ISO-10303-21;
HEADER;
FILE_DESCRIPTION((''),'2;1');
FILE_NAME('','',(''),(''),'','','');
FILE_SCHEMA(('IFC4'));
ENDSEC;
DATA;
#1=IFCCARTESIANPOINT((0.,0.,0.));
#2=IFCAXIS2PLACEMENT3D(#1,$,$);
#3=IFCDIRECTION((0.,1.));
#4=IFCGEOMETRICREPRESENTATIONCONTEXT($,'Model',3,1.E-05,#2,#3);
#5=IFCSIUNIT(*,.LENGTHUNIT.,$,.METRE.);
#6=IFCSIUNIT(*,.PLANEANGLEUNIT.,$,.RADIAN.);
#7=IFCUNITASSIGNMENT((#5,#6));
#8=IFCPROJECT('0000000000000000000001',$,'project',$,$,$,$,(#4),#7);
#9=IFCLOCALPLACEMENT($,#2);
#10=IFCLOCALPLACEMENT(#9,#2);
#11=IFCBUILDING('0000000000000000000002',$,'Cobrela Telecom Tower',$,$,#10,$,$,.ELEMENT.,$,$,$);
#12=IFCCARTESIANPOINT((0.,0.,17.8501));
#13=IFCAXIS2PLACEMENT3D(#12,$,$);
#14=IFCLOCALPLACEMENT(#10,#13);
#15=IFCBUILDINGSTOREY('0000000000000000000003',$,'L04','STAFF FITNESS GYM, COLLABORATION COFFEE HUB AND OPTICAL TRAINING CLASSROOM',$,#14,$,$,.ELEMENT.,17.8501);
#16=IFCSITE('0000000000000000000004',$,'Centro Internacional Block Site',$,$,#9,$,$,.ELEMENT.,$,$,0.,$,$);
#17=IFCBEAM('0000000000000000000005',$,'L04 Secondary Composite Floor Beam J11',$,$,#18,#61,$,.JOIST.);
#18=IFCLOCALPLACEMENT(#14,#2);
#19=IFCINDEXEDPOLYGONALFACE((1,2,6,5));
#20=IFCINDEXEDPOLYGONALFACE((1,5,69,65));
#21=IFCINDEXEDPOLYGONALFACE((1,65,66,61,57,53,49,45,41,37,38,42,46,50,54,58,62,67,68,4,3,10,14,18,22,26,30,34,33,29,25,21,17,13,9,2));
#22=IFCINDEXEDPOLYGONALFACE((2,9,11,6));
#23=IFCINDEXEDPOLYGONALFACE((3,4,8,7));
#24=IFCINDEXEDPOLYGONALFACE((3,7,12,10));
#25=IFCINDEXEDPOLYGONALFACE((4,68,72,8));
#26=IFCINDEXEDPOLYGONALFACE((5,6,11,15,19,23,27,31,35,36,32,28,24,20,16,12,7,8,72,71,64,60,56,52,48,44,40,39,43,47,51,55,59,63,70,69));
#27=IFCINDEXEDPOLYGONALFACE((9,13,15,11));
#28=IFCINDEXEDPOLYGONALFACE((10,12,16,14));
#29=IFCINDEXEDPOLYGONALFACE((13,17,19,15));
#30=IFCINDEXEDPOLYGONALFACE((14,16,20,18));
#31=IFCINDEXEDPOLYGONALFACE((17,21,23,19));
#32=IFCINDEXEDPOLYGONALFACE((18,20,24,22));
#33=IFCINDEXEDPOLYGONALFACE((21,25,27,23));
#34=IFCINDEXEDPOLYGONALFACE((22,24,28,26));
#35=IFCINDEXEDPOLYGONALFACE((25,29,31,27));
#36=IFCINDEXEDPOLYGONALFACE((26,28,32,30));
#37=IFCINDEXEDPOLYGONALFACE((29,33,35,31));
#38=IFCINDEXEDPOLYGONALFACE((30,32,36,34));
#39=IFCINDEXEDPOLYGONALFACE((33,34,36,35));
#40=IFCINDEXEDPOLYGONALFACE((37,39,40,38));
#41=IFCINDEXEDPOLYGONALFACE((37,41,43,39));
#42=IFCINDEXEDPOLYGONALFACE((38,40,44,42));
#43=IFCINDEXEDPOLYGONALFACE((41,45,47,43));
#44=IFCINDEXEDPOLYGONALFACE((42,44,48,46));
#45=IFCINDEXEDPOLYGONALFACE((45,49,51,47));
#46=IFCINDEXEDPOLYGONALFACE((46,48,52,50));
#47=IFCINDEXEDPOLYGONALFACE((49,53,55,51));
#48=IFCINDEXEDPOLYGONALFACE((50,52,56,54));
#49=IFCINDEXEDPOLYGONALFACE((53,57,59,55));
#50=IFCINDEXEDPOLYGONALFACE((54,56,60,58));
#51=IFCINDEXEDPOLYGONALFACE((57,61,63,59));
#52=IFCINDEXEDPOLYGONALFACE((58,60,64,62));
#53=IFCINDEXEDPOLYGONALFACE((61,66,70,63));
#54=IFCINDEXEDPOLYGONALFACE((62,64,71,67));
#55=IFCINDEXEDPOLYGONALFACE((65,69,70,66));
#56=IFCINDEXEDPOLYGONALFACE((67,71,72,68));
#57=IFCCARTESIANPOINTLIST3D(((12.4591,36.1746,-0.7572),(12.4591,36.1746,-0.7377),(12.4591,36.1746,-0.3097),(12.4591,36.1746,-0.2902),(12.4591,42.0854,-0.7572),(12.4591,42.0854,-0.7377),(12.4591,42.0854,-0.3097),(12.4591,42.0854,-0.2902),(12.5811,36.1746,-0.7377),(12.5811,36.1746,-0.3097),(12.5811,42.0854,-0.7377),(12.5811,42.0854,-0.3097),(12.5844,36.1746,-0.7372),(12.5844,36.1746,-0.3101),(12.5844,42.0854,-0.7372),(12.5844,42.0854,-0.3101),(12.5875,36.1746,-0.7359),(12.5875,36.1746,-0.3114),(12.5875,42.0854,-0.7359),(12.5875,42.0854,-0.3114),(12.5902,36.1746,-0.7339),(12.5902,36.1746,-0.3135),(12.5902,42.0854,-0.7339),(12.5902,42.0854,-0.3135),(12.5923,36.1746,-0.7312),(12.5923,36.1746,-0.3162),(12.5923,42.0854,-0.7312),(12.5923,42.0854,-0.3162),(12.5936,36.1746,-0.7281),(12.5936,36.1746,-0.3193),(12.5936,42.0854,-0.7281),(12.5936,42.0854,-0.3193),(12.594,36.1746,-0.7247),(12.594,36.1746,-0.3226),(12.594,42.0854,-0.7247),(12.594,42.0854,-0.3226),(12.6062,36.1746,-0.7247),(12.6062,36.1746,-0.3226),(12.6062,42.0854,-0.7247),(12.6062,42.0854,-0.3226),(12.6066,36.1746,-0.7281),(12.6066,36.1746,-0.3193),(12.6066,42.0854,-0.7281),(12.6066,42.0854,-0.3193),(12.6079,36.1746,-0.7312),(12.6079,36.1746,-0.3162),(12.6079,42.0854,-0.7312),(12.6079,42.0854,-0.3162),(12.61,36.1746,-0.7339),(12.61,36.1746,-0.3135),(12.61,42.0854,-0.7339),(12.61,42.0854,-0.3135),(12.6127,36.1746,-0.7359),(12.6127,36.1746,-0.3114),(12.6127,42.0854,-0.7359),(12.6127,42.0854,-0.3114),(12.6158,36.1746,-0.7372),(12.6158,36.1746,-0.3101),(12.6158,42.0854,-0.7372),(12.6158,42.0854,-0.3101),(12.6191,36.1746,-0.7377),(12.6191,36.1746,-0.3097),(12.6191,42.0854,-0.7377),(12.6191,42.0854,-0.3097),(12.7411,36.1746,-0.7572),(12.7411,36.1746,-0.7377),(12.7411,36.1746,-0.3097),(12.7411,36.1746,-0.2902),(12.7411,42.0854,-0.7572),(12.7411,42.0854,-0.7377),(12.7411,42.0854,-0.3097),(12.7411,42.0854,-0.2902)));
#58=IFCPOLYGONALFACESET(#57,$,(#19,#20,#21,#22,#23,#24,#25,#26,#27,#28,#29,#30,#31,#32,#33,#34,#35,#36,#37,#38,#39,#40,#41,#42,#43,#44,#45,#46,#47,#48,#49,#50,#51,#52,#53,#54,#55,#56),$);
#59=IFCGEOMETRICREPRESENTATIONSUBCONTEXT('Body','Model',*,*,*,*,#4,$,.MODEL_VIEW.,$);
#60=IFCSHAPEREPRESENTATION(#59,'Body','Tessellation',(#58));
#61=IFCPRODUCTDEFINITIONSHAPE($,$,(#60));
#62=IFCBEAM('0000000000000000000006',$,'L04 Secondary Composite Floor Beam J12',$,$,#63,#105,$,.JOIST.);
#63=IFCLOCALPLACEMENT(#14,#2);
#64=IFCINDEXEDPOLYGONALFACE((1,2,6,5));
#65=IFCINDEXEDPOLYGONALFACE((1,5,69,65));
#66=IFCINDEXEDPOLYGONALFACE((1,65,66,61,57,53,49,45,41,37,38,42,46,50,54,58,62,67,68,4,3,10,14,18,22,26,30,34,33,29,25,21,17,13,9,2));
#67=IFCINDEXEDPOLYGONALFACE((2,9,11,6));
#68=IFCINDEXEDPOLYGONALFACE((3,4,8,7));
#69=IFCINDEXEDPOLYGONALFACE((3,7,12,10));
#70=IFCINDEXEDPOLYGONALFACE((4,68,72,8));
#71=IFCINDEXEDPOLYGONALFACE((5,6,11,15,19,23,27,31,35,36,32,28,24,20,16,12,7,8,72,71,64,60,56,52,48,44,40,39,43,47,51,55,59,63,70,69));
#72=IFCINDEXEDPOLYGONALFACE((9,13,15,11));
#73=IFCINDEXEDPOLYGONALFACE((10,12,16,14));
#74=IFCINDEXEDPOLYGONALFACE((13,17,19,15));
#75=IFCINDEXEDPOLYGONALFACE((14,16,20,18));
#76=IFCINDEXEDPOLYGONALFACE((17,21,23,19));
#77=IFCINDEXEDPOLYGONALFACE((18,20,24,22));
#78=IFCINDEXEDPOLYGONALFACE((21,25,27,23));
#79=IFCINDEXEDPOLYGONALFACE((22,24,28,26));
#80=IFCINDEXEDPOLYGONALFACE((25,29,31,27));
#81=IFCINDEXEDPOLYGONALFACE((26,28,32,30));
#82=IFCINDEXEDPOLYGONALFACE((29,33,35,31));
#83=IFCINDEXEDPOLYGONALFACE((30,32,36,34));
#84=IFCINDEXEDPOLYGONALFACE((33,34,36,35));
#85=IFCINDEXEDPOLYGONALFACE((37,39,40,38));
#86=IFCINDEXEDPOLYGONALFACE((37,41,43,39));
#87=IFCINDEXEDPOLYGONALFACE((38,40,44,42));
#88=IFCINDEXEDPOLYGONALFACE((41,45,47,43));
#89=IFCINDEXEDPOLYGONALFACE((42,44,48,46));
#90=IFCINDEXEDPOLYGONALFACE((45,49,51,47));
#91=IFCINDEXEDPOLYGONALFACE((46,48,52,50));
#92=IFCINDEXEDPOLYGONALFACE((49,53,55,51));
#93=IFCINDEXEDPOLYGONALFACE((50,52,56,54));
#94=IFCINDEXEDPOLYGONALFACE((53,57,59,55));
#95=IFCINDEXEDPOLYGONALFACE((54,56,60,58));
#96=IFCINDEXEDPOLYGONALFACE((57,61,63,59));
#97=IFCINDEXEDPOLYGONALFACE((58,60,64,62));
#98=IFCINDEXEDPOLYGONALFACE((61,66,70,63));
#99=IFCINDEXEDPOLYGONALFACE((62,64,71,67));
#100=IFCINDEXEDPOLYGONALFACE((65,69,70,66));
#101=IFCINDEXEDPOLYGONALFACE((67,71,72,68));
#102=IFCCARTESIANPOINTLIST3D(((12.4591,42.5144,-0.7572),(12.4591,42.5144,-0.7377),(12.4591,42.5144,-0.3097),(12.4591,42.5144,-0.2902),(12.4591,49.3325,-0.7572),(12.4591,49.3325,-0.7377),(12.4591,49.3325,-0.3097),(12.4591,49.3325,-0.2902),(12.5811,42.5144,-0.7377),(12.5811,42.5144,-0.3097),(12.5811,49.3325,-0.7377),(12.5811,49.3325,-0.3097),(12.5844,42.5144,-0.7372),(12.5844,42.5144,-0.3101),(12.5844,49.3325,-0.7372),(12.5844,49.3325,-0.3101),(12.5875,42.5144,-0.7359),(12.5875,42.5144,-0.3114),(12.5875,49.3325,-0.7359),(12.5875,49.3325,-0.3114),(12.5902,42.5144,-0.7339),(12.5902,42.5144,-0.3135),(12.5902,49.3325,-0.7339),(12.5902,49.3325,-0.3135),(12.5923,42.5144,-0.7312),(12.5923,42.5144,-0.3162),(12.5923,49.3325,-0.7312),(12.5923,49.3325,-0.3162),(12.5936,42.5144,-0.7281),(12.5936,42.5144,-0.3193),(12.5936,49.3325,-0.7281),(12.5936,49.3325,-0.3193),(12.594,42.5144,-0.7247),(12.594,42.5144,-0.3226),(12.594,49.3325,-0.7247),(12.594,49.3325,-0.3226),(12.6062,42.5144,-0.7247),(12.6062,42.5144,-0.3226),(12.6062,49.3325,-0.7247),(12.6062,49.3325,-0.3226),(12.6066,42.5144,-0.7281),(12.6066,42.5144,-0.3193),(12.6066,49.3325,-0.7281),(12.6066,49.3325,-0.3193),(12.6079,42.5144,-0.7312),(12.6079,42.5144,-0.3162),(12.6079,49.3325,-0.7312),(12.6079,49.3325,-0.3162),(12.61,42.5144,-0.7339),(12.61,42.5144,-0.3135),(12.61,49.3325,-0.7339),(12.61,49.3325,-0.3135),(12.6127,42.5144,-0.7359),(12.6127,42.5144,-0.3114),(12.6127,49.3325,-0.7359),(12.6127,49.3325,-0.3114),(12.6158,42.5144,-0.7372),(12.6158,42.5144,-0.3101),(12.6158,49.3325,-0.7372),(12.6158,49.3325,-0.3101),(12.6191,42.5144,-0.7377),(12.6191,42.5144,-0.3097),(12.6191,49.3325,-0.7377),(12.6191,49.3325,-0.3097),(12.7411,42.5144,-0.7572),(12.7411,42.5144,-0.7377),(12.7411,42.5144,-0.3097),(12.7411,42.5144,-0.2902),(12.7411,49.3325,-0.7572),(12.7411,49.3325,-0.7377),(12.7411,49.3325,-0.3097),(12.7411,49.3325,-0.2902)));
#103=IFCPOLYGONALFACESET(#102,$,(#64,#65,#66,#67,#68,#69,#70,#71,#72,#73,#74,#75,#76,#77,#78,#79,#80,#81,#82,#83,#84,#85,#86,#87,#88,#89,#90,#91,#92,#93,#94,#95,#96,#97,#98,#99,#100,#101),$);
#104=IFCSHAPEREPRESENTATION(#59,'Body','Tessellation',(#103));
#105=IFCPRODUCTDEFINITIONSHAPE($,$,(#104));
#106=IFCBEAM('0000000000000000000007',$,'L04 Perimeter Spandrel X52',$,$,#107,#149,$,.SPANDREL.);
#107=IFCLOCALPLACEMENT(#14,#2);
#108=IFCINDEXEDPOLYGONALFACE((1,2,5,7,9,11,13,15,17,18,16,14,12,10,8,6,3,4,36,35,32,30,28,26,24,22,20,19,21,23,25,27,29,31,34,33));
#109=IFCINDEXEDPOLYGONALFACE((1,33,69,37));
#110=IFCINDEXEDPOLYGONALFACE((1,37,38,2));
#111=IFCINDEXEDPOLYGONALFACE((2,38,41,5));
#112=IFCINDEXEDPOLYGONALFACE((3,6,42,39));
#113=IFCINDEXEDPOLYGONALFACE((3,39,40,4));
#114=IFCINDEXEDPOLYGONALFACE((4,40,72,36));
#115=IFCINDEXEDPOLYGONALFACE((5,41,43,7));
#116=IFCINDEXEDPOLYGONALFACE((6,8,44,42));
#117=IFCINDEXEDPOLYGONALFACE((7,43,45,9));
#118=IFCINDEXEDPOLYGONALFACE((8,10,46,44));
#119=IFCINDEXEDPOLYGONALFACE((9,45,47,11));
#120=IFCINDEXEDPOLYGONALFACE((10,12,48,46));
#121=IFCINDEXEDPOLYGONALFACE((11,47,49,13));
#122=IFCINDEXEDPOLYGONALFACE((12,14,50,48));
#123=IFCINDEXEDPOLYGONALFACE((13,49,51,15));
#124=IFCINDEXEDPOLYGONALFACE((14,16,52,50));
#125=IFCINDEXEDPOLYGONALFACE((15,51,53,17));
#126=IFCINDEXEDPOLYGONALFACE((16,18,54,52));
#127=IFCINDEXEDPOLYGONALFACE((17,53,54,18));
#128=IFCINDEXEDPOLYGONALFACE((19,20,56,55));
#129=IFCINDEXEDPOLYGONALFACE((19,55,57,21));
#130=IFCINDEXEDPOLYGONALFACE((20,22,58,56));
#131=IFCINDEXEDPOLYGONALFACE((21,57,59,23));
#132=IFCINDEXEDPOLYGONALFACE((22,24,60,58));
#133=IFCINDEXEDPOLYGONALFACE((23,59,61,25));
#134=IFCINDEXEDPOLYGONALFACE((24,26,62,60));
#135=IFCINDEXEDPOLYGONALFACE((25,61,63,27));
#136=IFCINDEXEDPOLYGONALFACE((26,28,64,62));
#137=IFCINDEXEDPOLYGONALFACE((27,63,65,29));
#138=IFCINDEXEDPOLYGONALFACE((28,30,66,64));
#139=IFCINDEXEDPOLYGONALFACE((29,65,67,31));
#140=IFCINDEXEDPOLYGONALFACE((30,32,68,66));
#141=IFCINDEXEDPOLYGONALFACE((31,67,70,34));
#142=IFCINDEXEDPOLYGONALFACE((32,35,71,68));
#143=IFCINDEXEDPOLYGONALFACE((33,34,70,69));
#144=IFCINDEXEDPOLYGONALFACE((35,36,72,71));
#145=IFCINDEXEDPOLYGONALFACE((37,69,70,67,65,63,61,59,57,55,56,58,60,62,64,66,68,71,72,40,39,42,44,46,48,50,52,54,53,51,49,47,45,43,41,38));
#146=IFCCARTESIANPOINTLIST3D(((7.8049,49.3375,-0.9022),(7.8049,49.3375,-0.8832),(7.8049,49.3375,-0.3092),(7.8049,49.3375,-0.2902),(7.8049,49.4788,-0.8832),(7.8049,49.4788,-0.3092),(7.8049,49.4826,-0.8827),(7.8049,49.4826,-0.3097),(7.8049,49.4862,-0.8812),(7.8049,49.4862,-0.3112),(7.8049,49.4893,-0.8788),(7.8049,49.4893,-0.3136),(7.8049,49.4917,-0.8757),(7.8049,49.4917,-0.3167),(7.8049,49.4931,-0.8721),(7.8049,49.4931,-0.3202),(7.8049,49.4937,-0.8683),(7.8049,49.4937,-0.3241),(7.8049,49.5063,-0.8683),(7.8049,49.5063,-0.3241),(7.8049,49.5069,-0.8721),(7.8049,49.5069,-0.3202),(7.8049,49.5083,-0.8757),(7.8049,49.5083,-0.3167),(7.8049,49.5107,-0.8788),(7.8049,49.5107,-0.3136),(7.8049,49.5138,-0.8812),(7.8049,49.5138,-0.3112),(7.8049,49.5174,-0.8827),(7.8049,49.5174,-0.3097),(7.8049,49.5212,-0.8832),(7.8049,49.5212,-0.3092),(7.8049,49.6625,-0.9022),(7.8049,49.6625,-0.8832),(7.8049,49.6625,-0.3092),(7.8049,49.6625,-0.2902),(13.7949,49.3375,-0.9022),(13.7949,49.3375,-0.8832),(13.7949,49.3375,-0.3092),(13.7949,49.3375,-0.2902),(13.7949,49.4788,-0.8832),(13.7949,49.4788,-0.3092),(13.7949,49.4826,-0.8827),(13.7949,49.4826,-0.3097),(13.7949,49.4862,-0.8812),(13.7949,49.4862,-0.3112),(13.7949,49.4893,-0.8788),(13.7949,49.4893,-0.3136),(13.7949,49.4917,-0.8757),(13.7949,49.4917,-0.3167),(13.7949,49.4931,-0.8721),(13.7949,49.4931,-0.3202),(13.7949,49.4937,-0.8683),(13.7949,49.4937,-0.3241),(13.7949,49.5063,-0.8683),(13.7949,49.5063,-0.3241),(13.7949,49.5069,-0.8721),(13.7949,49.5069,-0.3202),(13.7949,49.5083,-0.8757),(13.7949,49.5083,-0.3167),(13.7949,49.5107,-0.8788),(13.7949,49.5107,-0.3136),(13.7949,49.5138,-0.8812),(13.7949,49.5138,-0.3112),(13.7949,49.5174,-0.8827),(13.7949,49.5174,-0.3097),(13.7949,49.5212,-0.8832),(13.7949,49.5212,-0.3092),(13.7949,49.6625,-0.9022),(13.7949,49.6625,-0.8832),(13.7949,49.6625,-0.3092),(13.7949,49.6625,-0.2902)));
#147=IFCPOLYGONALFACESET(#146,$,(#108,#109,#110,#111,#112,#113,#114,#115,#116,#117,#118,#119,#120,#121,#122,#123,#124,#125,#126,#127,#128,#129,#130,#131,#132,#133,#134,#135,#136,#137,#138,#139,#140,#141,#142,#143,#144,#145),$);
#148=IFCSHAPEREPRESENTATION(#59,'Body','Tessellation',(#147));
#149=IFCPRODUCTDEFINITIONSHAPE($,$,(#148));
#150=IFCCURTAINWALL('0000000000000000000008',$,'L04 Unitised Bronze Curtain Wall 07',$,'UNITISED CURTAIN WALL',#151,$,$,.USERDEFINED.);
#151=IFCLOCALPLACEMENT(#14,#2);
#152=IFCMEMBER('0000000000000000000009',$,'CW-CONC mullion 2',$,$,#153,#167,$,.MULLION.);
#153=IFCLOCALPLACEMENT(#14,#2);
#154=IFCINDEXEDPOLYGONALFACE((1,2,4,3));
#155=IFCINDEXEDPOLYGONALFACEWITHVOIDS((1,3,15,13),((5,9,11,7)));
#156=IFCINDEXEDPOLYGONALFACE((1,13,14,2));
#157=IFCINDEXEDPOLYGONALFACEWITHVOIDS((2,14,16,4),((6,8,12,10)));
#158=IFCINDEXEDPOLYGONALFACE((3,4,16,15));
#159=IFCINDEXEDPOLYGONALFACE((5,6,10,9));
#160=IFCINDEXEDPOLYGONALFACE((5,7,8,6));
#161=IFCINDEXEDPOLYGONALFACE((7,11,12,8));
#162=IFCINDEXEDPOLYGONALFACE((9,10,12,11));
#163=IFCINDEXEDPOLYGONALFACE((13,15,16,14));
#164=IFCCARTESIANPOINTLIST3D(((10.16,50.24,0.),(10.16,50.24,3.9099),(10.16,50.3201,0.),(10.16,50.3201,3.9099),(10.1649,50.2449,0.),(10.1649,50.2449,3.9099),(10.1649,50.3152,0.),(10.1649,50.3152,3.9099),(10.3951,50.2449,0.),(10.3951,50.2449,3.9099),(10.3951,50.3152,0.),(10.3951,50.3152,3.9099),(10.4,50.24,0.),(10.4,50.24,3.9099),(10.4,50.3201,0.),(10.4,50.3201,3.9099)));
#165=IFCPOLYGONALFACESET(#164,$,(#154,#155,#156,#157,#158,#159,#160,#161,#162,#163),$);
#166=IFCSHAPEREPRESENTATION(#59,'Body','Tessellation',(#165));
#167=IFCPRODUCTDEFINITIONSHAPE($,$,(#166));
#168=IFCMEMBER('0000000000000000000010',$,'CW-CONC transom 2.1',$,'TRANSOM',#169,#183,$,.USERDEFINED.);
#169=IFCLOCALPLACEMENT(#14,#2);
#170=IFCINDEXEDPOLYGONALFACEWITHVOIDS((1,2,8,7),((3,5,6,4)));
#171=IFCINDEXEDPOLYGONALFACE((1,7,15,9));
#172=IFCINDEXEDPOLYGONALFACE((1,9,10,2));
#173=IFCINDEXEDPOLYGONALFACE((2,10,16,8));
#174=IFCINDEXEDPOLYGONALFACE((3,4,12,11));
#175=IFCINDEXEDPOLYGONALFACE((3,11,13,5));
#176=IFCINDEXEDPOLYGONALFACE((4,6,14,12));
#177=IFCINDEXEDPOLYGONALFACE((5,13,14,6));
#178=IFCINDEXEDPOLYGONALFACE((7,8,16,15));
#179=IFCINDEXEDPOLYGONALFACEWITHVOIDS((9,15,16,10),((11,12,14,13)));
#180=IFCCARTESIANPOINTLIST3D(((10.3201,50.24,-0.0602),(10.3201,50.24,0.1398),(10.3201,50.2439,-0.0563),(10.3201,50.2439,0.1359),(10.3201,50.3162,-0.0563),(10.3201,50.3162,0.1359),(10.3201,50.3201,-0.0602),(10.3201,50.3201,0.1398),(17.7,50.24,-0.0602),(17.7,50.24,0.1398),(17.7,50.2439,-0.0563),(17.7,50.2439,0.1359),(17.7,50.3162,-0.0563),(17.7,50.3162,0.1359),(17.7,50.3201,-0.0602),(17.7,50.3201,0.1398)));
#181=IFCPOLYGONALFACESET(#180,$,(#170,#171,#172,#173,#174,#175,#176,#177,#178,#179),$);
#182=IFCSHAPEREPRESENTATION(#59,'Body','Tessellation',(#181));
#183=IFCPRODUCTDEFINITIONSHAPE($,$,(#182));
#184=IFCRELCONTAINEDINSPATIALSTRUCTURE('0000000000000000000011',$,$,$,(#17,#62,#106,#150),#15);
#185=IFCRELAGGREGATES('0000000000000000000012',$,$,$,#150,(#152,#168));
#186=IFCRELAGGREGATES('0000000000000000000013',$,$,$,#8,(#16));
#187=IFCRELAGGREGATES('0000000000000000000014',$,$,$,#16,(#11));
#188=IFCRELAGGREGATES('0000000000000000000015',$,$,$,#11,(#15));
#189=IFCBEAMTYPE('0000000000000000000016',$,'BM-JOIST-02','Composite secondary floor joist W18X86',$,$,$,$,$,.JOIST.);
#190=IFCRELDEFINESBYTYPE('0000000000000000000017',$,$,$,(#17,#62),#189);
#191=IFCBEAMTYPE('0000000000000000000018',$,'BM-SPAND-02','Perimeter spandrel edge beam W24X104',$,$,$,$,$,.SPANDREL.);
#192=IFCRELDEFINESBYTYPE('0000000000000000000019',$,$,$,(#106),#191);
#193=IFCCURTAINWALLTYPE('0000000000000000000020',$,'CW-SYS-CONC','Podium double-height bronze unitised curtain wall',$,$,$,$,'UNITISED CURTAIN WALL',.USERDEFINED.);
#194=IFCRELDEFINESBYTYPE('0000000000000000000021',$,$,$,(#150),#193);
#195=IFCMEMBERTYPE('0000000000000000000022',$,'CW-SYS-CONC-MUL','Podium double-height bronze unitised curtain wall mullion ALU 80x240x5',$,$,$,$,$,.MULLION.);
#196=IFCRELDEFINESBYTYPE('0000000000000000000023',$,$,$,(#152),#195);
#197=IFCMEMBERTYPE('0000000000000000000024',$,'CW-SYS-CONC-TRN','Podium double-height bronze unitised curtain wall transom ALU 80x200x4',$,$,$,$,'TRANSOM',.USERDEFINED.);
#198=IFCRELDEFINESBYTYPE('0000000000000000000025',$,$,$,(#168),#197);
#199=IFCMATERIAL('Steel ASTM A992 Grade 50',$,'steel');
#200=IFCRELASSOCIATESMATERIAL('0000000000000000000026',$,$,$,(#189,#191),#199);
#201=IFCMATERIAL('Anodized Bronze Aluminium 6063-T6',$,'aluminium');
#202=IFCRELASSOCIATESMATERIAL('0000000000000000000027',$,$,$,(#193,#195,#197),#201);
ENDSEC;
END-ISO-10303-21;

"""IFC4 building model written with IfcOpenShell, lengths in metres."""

from ifc_helpers import new_model, si_unit, direction, frame, origin, origin_2d, place, context, subcontext, project, spatial, hollow_rectangle, i_section, extrude, material, material_profile, profile_set, type_object, element, aggregate, save


model = new_model("IFC4")

# Units and contexts
model_context = context("Model", 3, precision=1e-05, world=origin(), true_north=direction((0.0, 1.0)))
body_context = subcontext(model_context, "Body", "Model", "MODEL_VIEW")
ifc_project = project(units=[si_unit("LENGTHUNIT", "METRE"), si_unit("PLANEANGLEUNIT", "RADIAN")], contexts=[model_context])

# Site, building, storey
site_placement = place(None, origin())
site = spatial("IfcSite", under=ifc_project, at=site_placement, Name="Centro Internacional Block Site", CompositionType="ELEMENT", RefElevation=0.0)
building_placement = place(site_placement, origin())
building = spatial("IfcBuilding", under=site, at=building_placement, Name="Cobrela Telecom Tower", CompositionType="ELEMENT")
storey_placement = place(building_placement, frame((0.0, 0.0, 17.8501)))
storey = spatial("IfcBuildingStorey", under=building, at=storey_placement, Name="L04", Description="STAFF FITNESS GYM, COLLABORATION COFFEE HUB AND OPTICAL TRAINING CLASSROOM", CompositionType="ELEMENT", Elevation=17.8501)

# Beams
ifc_material_1 = material(Name="Steel ASTM A992 Grade 50", Category="steel")
ifc_material_profile_1 = material_profile(ifc_material_1, i_section(OverallWidth=0.282, OverallDepth=0.467, WebThickness=0.0122, FlangeThickness=0.0195, FilletRadius=0.0129, at=origin_2d()), Name="W18X86")
ifc_profile_set_1 = profile_set([ifc_material_profile_1], Name="Steel ASTM A992 Grade 50")
beam_type_1 = type_object("IfcBeamType", Name="BM-JOIST-02", Description="Composite secondary floor joist W18X86", PredefinedType="JOIST", material=ifc_profile_set_1)
beam_1_placement = place(storey_placement, frame((12.6001, 36.1746, -0.5237), z_axis=(0.0, 1.0, 0.0), x_axis=(-1.0, 0.0, 0.0)))
element("IfcBeam", 1, at=beam_1_placement, inside=storey, type_object=beam_type_1, Name="L04 Secondary Composite Floor Beam J11", PredefinedType="JOIST", context=body_context, shape_type="SweptSolid", body=[
    extrude(i_section(OverallWidth=0.282, OverallDepth=0.467, WebThickness=0.0122, FlangeThickness=0.0195, FilletRadius=0.0129, at=origin_2d()), origin(), (0.0, 0.0, 1.0), 5.9109),
])
beam_2_placement = place(storey_placement, frame((12.6001, 42.5144, -0.5237), z_axis=(0.0, 1.0, 0.0), x_axis=(-1.0, 0.0, 0.0)))
element("IfcBeam", 2, at=beam_2_placement, inside=storey, type_object=beam_type_1, Name="L04 Secondary Composite Floor Beam J12", PredefinedType="JOIST", context=body_context, shape_type="SweptSolid", body=[
    extrude(i_section(OverallWidth=0.282, OverallDepth=0.467, WebThickness=0.0122, FlangeThickness=0.0195, FilletRadius=0.0129, at=origin_2d()), origin(), (0.0, 0.0, 1.0), 6.8181),
])
ifc_material_profile_2 = material_profile(ifc_material_1, i_section(OverallWidth=0.325, OverallDepth=0.6121, WebThickness=0.0127, FlangeThickness=0.019, FilletRadius=0.0149, at=origin_2d()), Name="W24X104")
ifc_profile_set_2 = profile_set([ifc_material_profile_2], Name="Steel ASTM A992 Grade 50")
beam_type_2 = type_object("IfcBeamType", Name="BM-SPAND-02", Description="Perimeter spandrel edge beam W24X104", PredefinedType="SPANDREL", material=ifc_profile_set_2)
beam_3_placement = place(storey_placement, frame((7.8049, 49.5, -0.5962), z_axis=(1.0, 0.0, 0.0), x_axis=(0.0, 1.0, 0.0)))
element("IfcBeam", 3, at=beam_3_placement, inside=storey, type_object=beam_type_2, Name="L04 Perimeter Spandrel X52", PredefinedType="SPANDREL", context=body_context, shape_type="SweptSolid", body=[
    extrude(i_section(OverallWidth=0.325, OverallDepth=0.6121, WebThickness=0.0127, FlangeThickness=0.019, FilletRadius=0.0149, at=origin_2d()), origin(), (0.0, 0.0, 1.0), 5.99),
])

# Curtain wall, members
ifc_material_2 = material(Name="Anodized Bronze Aluminium 6063-T6", Category="aluminium")
curtain_wall_type = type_object("IfcCurtainWallType", Name="CW-SYS-CONC", Description="Podium double-height bronze unitised curtain wall", ElementType="UNITISED CURTAIN WALL", PredefinedType="USERDEFINED", material=ifc_material_2)
curtain_wall_placement = place(storey_placement, origin())
curtain_wall = element("IfcCurtainWall", 4, at=curtain_wall_placement, inside=storey, type_object=curtain_wall_type, Name="L04 Unitised Bronze Curtain Wall 07", ObjectType="UNITISED CURTAIN WALL", PredefinedType="USERDEFINED")
ifc_material_profile_3 = material_profile(ifc_material_2, hollow_rectangle(XDim=0.0801, YDim=0.24, WallThickness=0.0049, at=origin_2d()), Name="ALU 80x240x5")
ifc_profile_set_3 = profile_set([ifc_material_profile_3], Name="Anodized Bronze Aluminium 6063-T6")
member_type_1 = type_object("IfcMemberType", Name="CW-SYS-CONC-MUL", Description="Podium double-height bronze unitised curtain wall mullion ALU 80x240x5", PredefinedType="MULLION", material=ifc_profile_set_3)
member_1_placement = place(storey_placement, frame((10.28, 50.28, 0.0), z_axis=(0.0, 0.0, 1.0), x_axis=(0.0, 1.0, 0.0)))
member_1 = element("IfcMember", 5, at=member_1_placement, type_object=member_type_1, Name="CW-CONC mullion 2", PredefinedType="MULLION", context=body_context, shape_type="SweptSolid", body=[
    extrude(hollow_rectangle(XDim=0.0801, YDim=0.24, WallThickness=0.0049, at=origin_2d()), origin(), (0.0, 0.0, 1.0), 3.9099),
])
ifc_material_profile_4 = material_profile(ifc_material_2, hollow_rectangle(XDim=0.0801, YDim=0.2, WallThickness=0.0039, at=origin_2d()), Name="ALU 80x200x4")
ifc_profile_set_4 = profile_set([ifc_material_profile_4], Name="Anodized Bronze Aluminium 6063-T6")
member_type_2 = type_object("IfcMemberType", Name="CW-SYS-CONC-TRN", Description="Podium double-height bronze unitised curtain wall transom ALU 80x200x4", ElementType="TRANSOM", PredefinedType="USERDEFINED", material=ifc_profile_set_4)
member_2_placement = place(storey_placement, frame((10.3201, 50.28, 0.0398), z_axis=(1.0, 0.0, 0.0), x_axis=(0.0, 1.0, 0.0)))
member_2 = element("IfcMember", 6, at=member_2_placement, type_object=member_type_2, Name="CW-CONC transom 2.1", ObjectType="TRANSOM", PredefinedType="USERDEFINED", context=body_context, shape_type="SweptSolid", body=[
    extrude(hollow_rectangle(XDim=0.0801, YDim=0.2, WallThickness=0.0039, at=origin_2d()), origin(), (0.0, 0.0, 1.0), 7.3799),
])
aggregate(curtain_wall, [member_1, member_2])

save(model, "model.ifc")
